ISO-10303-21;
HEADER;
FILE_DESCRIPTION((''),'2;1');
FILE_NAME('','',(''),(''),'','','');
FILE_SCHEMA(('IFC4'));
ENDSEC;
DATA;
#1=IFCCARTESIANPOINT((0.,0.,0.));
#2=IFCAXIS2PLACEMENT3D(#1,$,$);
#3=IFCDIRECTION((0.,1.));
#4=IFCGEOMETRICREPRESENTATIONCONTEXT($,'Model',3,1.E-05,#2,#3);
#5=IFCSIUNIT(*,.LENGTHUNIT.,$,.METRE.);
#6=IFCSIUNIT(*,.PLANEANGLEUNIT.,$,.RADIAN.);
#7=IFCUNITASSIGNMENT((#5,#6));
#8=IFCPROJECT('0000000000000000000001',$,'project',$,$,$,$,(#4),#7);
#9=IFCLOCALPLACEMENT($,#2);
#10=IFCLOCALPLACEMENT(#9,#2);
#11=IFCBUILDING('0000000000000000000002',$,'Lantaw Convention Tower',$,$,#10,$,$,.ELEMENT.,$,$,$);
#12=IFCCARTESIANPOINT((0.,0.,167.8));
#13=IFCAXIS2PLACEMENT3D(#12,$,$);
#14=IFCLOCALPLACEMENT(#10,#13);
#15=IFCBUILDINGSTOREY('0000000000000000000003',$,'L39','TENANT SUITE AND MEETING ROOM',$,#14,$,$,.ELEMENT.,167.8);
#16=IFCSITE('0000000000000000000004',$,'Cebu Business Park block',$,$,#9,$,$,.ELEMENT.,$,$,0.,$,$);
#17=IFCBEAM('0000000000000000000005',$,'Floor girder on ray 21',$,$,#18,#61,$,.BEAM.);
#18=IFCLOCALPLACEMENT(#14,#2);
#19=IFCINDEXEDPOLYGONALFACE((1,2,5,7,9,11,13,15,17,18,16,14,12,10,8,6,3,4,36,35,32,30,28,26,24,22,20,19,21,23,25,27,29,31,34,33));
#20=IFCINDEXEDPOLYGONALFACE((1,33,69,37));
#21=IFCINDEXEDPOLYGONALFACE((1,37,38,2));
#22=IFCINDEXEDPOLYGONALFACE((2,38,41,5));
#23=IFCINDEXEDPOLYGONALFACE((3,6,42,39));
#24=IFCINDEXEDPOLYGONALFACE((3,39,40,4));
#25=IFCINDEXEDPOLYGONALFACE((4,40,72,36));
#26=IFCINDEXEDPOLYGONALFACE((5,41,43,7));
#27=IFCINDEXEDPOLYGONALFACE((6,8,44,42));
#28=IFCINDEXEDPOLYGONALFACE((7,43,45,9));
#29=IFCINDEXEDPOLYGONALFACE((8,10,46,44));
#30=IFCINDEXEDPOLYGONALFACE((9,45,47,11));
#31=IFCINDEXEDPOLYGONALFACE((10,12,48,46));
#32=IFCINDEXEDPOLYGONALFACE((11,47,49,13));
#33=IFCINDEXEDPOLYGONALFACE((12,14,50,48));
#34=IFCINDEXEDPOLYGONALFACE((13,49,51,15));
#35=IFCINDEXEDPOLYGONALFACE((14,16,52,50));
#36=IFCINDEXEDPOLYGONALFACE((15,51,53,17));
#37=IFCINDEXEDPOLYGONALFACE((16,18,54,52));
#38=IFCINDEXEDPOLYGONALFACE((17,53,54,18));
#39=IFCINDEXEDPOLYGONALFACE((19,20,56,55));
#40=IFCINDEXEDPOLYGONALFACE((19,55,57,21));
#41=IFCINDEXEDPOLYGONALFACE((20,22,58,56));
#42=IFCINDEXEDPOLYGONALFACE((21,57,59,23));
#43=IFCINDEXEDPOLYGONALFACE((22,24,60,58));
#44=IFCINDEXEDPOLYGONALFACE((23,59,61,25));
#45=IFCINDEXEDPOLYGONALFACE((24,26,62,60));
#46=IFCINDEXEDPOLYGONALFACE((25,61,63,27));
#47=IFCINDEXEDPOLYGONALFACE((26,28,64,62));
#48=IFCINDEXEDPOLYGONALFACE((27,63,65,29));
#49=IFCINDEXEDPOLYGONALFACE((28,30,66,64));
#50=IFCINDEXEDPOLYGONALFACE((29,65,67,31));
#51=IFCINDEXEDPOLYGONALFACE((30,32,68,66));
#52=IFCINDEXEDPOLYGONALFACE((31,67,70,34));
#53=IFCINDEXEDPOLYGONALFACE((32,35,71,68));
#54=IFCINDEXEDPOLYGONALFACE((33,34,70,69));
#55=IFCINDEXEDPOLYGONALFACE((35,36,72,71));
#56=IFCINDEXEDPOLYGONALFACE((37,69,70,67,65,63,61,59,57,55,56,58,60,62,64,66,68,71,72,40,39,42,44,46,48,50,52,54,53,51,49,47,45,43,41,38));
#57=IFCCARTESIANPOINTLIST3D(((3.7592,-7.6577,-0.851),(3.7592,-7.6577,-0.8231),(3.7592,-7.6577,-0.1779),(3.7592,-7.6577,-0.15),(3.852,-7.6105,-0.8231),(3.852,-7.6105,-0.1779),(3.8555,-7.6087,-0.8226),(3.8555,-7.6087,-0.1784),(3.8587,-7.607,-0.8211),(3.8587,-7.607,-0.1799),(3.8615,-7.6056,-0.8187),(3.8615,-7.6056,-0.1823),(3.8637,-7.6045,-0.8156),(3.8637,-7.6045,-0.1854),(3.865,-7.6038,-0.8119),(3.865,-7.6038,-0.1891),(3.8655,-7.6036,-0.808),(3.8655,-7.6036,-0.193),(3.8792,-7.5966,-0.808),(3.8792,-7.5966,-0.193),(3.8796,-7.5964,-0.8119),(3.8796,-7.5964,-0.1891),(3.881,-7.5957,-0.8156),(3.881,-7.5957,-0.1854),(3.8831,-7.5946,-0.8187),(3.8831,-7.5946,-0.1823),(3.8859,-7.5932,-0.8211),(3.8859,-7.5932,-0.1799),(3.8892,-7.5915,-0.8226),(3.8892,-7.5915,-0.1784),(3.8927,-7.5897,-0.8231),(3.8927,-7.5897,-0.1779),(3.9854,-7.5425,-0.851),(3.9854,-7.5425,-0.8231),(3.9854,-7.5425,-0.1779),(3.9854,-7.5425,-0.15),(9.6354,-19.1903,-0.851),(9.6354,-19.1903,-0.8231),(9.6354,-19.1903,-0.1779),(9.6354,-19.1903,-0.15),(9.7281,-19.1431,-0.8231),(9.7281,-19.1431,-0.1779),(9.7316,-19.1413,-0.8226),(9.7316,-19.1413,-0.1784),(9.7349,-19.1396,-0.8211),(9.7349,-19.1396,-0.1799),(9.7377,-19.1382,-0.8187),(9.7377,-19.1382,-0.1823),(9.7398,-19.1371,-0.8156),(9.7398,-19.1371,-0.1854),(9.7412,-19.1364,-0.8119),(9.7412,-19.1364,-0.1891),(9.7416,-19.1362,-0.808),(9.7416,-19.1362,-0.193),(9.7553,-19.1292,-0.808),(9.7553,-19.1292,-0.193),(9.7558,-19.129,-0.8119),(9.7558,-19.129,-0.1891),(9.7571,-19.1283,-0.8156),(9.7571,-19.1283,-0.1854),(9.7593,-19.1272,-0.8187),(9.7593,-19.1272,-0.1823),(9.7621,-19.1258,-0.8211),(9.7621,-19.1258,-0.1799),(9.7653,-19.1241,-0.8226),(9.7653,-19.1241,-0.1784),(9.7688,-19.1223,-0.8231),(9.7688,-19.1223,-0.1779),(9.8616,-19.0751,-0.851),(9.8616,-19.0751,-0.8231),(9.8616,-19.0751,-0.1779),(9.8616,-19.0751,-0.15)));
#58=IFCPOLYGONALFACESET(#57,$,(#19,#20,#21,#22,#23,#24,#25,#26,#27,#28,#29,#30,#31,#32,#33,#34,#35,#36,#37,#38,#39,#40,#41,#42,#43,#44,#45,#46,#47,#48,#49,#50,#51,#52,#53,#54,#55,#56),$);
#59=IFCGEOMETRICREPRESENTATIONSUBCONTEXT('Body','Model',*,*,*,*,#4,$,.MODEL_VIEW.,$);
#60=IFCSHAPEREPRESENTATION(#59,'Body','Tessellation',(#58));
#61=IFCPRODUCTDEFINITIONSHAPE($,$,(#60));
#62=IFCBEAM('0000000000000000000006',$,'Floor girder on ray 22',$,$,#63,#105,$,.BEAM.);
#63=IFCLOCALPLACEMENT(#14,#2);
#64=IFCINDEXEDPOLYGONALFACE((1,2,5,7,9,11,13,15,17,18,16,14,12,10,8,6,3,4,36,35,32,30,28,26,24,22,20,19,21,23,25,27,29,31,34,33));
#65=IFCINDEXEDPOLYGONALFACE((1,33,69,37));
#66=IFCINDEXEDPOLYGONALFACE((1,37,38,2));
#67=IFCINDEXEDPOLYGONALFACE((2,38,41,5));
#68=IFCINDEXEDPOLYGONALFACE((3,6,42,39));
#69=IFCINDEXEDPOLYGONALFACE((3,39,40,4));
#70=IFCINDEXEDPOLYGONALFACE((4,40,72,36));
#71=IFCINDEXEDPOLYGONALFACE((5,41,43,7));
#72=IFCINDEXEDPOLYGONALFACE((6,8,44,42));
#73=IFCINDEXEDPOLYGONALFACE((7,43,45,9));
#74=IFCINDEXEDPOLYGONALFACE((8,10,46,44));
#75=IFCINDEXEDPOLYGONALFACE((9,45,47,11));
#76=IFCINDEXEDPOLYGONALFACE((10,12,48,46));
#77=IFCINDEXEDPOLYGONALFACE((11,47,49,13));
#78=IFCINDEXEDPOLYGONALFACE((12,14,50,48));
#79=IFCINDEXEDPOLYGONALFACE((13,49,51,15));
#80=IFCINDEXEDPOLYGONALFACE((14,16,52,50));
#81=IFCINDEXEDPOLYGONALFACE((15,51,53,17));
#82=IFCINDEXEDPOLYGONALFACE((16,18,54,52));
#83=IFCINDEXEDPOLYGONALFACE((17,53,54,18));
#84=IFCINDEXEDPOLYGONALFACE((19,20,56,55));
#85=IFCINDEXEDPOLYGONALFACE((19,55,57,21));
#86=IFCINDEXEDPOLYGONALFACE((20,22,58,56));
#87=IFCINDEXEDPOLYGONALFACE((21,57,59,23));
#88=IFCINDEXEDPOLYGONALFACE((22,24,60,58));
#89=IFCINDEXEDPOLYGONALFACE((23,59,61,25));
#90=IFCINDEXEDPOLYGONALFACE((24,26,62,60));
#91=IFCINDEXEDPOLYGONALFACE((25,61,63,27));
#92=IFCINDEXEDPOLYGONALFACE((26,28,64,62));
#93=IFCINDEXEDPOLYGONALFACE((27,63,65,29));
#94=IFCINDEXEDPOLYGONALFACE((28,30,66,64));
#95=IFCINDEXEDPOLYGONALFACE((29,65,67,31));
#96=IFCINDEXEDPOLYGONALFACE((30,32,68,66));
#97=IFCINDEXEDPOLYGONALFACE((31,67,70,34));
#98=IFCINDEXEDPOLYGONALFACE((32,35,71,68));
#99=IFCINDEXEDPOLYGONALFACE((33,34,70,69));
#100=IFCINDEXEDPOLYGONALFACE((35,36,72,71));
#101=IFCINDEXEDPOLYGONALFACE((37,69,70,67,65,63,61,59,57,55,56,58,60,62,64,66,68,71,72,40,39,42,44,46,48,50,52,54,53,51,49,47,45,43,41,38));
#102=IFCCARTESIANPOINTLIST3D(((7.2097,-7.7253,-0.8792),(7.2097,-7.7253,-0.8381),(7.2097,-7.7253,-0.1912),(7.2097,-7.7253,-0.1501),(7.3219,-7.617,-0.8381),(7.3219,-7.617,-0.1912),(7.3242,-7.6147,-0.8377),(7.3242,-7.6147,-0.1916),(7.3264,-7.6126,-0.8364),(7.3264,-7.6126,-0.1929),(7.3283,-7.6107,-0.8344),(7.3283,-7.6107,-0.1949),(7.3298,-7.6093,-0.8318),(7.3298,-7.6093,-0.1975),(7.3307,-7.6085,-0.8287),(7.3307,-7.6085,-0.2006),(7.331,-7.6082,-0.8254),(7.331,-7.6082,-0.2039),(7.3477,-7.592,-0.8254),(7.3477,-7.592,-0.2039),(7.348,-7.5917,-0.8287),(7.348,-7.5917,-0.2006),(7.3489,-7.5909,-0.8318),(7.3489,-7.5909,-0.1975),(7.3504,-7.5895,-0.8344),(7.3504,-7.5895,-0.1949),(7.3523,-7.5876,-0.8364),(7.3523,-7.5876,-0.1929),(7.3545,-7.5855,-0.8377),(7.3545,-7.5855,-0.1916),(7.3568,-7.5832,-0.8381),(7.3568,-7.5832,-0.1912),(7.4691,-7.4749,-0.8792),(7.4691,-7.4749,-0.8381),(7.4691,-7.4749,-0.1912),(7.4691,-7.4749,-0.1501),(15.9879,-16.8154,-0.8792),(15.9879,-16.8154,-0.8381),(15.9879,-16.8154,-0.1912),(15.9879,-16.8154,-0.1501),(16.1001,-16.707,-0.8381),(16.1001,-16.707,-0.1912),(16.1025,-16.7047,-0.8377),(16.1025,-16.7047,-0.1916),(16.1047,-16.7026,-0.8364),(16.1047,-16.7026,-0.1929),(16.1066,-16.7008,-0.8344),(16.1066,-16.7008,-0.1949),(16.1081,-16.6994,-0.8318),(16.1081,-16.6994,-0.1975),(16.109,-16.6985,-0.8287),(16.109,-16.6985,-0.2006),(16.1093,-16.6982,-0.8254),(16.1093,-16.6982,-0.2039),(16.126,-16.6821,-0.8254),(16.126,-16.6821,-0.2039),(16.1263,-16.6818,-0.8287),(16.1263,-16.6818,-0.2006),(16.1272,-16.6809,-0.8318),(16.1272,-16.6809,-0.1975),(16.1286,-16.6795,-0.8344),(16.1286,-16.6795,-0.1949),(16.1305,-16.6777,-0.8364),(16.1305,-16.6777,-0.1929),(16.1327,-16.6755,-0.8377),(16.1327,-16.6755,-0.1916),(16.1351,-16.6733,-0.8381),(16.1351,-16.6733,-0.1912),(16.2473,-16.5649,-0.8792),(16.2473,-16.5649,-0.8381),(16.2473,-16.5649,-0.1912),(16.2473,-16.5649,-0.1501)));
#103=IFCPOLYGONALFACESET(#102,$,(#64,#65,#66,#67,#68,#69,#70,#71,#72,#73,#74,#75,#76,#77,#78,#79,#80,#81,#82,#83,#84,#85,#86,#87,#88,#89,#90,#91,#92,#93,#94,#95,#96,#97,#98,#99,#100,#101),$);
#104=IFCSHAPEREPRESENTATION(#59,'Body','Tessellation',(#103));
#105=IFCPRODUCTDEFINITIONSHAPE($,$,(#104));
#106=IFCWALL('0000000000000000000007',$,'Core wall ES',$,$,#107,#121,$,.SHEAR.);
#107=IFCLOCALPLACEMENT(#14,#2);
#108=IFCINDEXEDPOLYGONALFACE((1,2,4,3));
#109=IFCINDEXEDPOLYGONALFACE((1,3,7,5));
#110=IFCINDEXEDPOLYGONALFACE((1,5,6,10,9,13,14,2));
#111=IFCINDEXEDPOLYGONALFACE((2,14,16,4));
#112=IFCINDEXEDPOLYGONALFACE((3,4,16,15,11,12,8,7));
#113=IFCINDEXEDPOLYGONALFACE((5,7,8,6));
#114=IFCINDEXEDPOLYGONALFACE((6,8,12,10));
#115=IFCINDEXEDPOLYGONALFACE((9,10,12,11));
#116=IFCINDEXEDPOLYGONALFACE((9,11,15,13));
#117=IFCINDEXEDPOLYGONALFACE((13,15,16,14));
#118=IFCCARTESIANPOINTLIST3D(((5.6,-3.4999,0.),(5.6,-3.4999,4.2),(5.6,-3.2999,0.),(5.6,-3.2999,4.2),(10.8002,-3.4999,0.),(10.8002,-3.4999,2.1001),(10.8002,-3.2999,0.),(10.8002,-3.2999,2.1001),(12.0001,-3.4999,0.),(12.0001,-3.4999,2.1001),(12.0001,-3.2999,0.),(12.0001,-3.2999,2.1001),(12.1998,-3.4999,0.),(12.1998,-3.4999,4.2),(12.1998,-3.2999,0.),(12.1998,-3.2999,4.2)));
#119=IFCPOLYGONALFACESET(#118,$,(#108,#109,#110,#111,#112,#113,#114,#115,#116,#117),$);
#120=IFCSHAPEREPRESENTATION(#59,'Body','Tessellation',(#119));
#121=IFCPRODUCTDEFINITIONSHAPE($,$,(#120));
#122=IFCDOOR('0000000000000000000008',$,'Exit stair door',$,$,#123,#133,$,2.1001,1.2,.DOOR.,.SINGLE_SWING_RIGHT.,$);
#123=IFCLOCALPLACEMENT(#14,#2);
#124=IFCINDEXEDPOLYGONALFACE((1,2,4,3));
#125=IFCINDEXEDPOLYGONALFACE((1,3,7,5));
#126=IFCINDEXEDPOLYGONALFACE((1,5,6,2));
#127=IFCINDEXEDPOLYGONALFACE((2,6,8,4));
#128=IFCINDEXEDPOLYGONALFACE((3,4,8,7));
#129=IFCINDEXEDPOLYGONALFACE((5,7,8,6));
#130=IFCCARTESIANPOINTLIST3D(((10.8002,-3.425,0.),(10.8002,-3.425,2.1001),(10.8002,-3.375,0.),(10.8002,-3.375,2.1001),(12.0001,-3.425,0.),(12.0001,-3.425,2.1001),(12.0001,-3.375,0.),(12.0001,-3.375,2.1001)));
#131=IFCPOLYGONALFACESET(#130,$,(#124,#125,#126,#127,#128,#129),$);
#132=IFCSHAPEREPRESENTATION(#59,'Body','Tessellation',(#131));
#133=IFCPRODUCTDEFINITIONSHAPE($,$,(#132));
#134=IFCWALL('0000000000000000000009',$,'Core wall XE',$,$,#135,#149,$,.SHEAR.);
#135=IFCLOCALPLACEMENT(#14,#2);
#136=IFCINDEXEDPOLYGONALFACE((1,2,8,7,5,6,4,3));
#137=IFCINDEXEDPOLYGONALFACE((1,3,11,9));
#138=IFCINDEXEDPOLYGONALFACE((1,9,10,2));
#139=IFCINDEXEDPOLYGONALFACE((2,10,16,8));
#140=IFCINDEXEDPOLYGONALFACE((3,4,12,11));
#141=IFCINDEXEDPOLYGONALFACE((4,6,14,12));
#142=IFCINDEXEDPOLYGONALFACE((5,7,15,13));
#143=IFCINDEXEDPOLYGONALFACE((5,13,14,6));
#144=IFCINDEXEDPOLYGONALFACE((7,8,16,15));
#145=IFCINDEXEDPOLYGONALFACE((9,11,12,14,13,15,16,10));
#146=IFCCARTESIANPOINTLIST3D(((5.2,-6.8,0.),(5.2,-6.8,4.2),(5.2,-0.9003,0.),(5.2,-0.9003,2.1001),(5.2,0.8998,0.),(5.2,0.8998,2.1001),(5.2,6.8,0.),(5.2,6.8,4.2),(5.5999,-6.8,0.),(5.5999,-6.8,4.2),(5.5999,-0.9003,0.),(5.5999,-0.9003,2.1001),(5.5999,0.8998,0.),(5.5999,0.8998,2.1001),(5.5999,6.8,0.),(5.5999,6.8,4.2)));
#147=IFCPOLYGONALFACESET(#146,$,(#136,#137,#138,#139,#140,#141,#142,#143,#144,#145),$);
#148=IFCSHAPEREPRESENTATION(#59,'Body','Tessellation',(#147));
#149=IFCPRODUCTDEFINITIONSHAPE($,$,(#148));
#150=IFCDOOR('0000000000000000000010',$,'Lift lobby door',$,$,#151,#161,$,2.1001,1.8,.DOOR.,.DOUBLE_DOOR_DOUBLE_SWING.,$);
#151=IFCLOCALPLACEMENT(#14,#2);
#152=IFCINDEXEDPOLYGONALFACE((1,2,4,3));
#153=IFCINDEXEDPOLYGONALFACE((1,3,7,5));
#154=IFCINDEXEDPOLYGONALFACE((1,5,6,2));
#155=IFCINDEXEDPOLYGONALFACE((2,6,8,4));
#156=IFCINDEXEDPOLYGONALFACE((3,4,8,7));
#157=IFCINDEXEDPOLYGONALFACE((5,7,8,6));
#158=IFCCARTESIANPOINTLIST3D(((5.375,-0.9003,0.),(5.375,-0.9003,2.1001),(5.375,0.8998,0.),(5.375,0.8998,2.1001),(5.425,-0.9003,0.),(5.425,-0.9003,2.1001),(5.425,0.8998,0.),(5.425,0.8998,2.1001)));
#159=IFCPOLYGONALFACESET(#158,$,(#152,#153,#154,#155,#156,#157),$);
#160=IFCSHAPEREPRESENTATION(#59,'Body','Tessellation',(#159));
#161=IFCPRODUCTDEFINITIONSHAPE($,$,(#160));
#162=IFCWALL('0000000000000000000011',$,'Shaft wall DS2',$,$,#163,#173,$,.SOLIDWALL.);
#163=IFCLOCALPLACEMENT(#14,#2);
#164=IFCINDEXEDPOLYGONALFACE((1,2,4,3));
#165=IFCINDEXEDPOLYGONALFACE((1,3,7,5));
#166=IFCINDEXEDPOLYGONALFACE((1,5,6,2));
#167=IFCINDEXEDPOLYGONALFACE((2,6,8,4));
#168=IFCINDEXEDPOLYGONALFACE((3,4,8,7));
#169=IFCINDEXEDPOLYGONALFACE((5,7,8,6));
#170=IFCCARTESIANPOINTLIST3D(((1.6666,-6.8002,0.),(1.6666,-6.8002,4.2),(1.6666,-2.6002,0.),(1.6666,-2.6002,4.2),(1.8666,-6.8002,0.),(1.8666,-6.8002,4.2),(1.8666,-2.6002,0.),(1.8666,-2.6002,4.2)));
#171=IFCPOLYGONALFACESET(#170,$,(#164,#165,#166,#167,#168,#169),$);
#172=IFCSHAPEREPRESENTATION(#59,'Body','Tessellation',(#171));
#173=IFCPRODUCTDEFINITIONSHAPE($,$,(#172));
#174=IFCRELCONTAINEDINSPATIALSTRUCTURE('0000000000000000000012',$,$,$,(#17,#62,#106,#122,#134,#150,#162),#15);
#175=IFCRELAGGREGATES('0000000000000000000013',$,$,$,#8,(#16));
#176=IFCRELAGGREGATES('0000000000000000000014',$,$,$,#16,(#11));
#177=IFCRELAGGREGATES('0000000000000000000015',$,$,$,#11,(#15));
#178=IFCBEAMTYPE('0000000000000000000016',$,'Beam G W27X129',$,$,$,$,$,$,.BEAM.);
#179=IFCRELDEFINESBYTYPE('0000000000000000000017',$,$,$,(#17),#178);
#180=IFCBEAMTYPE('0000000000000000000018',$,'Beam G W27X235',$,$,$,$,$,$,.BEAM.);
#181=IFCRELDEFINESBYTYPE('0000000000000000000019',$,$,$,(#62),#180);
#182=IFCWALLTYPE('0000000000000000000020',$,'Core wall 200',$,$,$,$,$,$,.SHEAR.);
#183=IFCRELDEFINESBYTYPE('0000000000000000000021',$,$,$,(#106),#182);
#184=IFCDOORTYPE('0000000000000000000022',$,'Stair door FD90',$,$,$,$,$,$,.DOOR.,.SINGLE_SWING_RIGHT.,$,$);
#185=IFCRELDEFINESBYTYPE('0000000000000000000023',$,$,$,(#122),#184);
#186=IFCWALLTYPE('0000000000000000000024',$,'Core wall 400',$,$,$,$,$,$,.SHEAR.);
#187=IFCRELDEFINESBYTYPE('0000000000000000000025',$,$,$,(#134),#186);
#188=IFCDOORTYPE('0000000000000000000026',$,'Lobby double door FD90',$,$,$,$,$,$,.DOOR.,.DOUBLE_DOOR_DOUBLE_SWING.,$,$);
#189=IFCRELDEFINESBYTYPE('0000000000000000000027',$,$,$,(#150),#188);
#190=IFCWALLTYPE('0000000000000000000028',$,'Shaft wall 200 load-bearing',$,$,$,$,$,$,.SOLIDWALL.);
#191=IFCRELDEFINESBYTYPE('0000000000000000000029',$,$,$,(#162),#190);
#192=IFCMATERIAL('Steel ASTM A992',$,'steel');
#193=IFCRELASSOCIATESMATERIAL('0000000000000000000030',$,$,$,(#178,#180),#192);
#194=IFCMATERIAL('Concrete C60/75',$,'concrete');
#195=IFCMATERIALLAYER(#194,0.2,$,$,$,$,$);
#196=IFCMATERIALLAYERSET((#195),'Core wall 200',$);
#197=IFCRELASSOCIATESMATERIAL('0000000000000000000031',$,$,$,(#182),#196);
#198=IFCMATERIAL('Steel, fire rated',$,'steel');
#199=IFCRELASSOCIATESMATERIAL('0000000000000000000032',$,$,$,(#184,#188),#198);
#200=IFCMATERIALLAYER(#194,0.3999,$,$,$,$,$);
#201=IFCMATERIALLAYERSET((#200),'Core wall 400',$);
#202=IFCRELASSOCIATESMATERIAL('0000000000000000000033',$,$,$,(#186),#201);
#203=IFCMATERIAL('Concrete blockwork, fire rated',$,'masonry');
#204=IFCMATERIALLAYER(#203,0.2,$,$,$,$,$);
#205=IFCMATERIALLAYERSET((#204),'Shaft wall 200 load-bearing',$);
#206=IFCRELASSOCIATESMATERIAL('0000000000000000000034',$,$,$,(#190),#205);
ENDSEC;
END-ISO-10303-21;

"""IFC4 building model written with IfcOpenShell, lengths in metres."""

from ifc_helpers import new_model, si_unit, direction, frame, frame_2d, origin, origin_2d, place, context, subcontext, project, spatial, rectangle, i_section, extrude, material, layer, layer_set, material_profile, profile_set, type_object, element, fill, save


model = new_model("IFC4")

# Units and contexts
model_context = context("Model", 3, precision=1e-05, world=origin(), true_north=direction((0.0, 1.0)))
body_context = subcontext(model_context, "Body", "Model", "MODEL_VIEW")
ifc_project = project(units=[si_unit("LENGTHUNIT", "METRE"), si_unit("PLANEANGLEUNIT", "RADIAN")], contexts=[model_context])

# Site, building, storey
site_placement = place(None, origin())
site = spatial("IfcSite", under=ifc_project, at=site_placement, Name="Cebu Business Park block", CompositionType="ELEMENT", RefElevation=0.0)
building_placement = place(site_placement, origin())
building = spatial("IfcBuilding", under=site, at=building_placement, Name="Lantaw Convention Tower", CompositionType="ELEMENT")
storey_placement = place(building_placement, frame((0.0, 0.0, 167.8)))
storey = spatial("IfcBuildingStorey", under=building, at=storey_placement, Name="L39", Description="TENANT SUITE AND MEETING ROOM", CompositionType="ELEMENT", Elevation=167.8)

# Beams
ifc_material_1 = material(Name="Steel ASTM A992", Category="steel")
ifc_material_profile_1 = material_profile(ifc_material_1, i_section(OverallWidth=0.2539, OverallDepth=0.7009, WebThickness=0.0154, FlangeThickness=0.0278, FilletRadius=0.0151, at=origin_2d()), Name="W27X129")
ifc_profile_set_1 = profile_set([ifc_material_profile_1], Name="Steel ASTM A992")
beam_type_1 = type_object("IfcBeamType", Name="Beam G W27X129", PredefinedType="BEAM", material=ifc_profile_set_1)
beam_1_placement = place(storey_placement, frame((3.8723, -7.6001, -0.5005), z_axis=(0.453991, -0.891006, 0.0), x_axis=(0.891006, 0.453991, 0.0)))
element("IfcBeam", 1, at=beam_1_placement, inside=storey, type_object=beam_type_1, Name="Floor girder on ray 21", PredefinedType="BEAM", context=body_context, shape_type="SweptSolid", body=[
    extrude(i_section(OverallWidth=0.2539, OverallDepth=0.7009, WebThickness=0.0154, FlangeThickness=0.0278, FilletRadius=0.0151, at=origin_2d()), origin(), (0.0, 0.0, 1.0), 12.9434),
])
ifc_material_profile_2 = material_profile(ifc_material_1, i_section(OverallWidth=0.3606, OverallDepth=0.729, WebThickness=0.0232, FlangeThickness=0.041, FilletRadius=0.0127, at=origin_2d()), Name="W27X235")
ifc_profile_set_2 = profile_set([ifc_material_profile_2], Name="Steel ASTM A992")
beam_type_2 = type_object("IfcBeamType", Name="Beam G W27X235", PredefinedType="BEAM", material=ifc_profile_set_2)
beam_2_placement = place(storey_placement, frame((7.3394, -7.6001, -0.5146), z_axis=(0.694663, -0.719335, 0.0), x_axis=(0.719335, 0.694663, 0.0)))
element("IfcBeam", 2, at=beam_2_placement, inside=storey, type_object=beam_type_2, Name="Floor girder on ray 22", PredefinedType="BEAM", context=body_context, shape_type="SweptSolid", body=[
    extrude(i_section(OverallWidth=0.3606, OverallDepth=0.729, WebThickness=0.0232, FlangeThickness=0.041, FilletRadius=0.0127, at=origin_2d()), origin(), (0.0, 0.0, 1.0), 12.6367),
])

# Walls, openings, doors
ifc_material_2 = material(Name="Concrete C60/75", Category="concrete")
ifc_layer_1 = layer(ifc_material_2, 0.2)
ifc_layer_set_1 = layer_set([ifc_layer_1], Name="Core wall 200")
wall_type_1 = type_object("IfcWallType", Name="Core wall 200", PredefinedType="SHEAR", material=ifc_layer_set_1)
wall_1_placement = place(storey_placement, frame((5.6001, -3.3999, 0.0), z_axis=(0.0, 0.0, 1.0), x_axis=(1.0, 0.0, 0.0)))
wall_1 = element("IfcWall", 3, at=wall_1_placement, inside=storey, type_object=wall_type_1, Name="Core wall ES", PredefinedType="SHEAR", context=body_context, shape_type="SweptSolid", body=[
    extrude(rectangle(XDim=6.5999, YDim=0.2, at=frame_2d((3.2998, 0.0))), origin(), (0.0, 0.0, 1.0), 4.2),
])
opening_1_placement = place(wall_1_placement, frame((5.2, 0.0, 0.0)))
opening_1 = element("IfcOpeningElement", 4, at=opening_1_placement, cuts=wall_1, PredefinedType="OPENING", context=body_context, shape_type="SweptSolid", body=[
    extrude(rectangle(XDim=1.2, YDim=2.1001, at=frame_2d((0.6001, 1.05))), frame((0.0, 0.1099, 0.0), z_axis=(0.0, -1.0, 0.0), x_axis=(1.0, 0.0, 0.0)), (0.0, 0.0, 1.0), 0.22),
])
ifc_material_3 = material(Name="Steel, fire rated", Category="steel")
door_type_1 = type_object("IfcDoorType", Name="Stair door FD90", OperationType="SINGLE_SWING_RIGHT", PredefinedType="DOOR", material=ifc_material_3)
door_1_placement = place(opening_1_placement, origin())
door_1 = element("IfcDoor", 5, at=door_1_placement, inside=storey, type_object=door_type_1, Name="Exit stair door", OperationType="SINGLE_SWING_RIGHT", OverallHeight=2.1001, OverallWidth=1.2, PredefinedType="DOOR", context=body_context, shape_type="SweptSolid", body=[
    extrude(rectangle(XDim=1.2, YDim=2.1001, at=frame_2d((0.6001, 1.05))), frame((0.0, 0.0249, 0.0), z_axis=(0.0, -1.0, 0.0), x_axis=(1.0, 0.0, 0.0)), (0.0, 0.0, 1.0), 0.05),
])
fill(opening_1, door_1)
ifc_layer_2 = layer(ifc_material_2, 0.3999)
ifc_layer_set_2 = layer_set([ifc_layer_2], Name="Core wall 400")
wall_type_2 = type_object("IfcWallType", Name="Core wall 400", PredefinedType="SHEAR", material=ifc_layer_set_2)
wall_2_placement = place(storey_placement, frame((5.3999, -6.8, 0.0), z_axis=(0.0, 0.0, 1.0), x_axis=(0.0, 1.0, 0.0)))
wall_2 = element("IfcWall", 6, at=wall_2_placement, inside=storey, type_object=wall_type_2, Name="Core wall XE", PredefinedType="SHEAR", context=body_context, shape_type="SweptSolid", body=[
    extrude(rectangle(XDim=13.6001, YDim=0.3999, at=frame_2d((6.8, 0.0))), origin(), (0.0, 0.0, 1.0), 4.2),
])
opening_2_placement = place(wall_2_placement, frame((5.8999, 0.0, 0.0)))
opening_2 = element("IfcOpeningElement", 7, at=opening_2_placement, cuts=wall_2, PredefinedType="OPENING", context=body_context, shape_type="SweptSolid", body=[
    extrude(rectangle(XDim=1.8, YDim=2.1001, at=frame_2d((0.8999, 1.05))), frame((0.0, 0.21, 0.0), z_axis=(0.0, -1.0, 0.0), x_axis=(1.0, 0.0, 0.0)), (0.0, 0.0, 1.0), 0.4199),
])
door_type_2 = type_object("IfcDoorType", Name="Lobby double door FD90", OperationType="DOUBLE_DOOR_DOUBLE_SWING", PredefinedType="DOOR", material=ifc_material_3)
door_2_placement = place(opening_2_placement, origin())
door_2 = element("IfcDoor", 8, at=door_2_placement, inside=storey, type_object=door_type_2, Name="Lift lobby door", OperationType="DOUBLE_DOOR_DOUBLE_SWING", OverallHeight=2.1001, OverallWidth=1.8, PredefinedType="DOOR", context=body_context, shape_type="SweptSolid", body=[
    extrude(rectangle(XDim=1.8, YDim=2.1001, at=frame_2d((0.8999, 1.05))), frame((0.0, 0.0249, 0.0), z_axis=(0.0, -1.0, 0.0), x_axis=(1.0, 0.0, 0.0)), (0.0, 0.0, 1.0), 0.05),
])
fill(opening_2, door_2)

# Wall
ifc_material_4 = material(Name="Concrete blockwork, fire rated", Category="masonry")
ifc_layer_3 = layer(ifc_material_4, 0.2)
ifc_layer_set_3 = layer_set([ifc_layer_3], Name="Shaft wall 200 load-bearing")
wall_type_3 = type_object("IfcWallType", Name="Shaft wall 200 load-bearing", PredefinedType="SOLIDWALL", material=ifc_layer_set_3)
wall_3_placement = place(storey_placement, frame((1.7666, -2.6001, 0.0), z_axis=(0.0, 0.0, 1.0), x_axis=(0.0, -1.0, 0.0)))
element("IfcWall", 9, at=wall_3_placement, inside=storey, type_object=wall_type_3, Name="Shaft wall DS2", PredefinedType="SOLIDWALL", context=body_context, shape_type="SweptSolid", body=[
    extrude(rectangle(XDim=4.2, YDim=0.2, at=frame_2d((2.1001, 0.0))), origin(), (0.0, 0.0, 1.0), 4.2),
])

save(model, "model.ifc")
